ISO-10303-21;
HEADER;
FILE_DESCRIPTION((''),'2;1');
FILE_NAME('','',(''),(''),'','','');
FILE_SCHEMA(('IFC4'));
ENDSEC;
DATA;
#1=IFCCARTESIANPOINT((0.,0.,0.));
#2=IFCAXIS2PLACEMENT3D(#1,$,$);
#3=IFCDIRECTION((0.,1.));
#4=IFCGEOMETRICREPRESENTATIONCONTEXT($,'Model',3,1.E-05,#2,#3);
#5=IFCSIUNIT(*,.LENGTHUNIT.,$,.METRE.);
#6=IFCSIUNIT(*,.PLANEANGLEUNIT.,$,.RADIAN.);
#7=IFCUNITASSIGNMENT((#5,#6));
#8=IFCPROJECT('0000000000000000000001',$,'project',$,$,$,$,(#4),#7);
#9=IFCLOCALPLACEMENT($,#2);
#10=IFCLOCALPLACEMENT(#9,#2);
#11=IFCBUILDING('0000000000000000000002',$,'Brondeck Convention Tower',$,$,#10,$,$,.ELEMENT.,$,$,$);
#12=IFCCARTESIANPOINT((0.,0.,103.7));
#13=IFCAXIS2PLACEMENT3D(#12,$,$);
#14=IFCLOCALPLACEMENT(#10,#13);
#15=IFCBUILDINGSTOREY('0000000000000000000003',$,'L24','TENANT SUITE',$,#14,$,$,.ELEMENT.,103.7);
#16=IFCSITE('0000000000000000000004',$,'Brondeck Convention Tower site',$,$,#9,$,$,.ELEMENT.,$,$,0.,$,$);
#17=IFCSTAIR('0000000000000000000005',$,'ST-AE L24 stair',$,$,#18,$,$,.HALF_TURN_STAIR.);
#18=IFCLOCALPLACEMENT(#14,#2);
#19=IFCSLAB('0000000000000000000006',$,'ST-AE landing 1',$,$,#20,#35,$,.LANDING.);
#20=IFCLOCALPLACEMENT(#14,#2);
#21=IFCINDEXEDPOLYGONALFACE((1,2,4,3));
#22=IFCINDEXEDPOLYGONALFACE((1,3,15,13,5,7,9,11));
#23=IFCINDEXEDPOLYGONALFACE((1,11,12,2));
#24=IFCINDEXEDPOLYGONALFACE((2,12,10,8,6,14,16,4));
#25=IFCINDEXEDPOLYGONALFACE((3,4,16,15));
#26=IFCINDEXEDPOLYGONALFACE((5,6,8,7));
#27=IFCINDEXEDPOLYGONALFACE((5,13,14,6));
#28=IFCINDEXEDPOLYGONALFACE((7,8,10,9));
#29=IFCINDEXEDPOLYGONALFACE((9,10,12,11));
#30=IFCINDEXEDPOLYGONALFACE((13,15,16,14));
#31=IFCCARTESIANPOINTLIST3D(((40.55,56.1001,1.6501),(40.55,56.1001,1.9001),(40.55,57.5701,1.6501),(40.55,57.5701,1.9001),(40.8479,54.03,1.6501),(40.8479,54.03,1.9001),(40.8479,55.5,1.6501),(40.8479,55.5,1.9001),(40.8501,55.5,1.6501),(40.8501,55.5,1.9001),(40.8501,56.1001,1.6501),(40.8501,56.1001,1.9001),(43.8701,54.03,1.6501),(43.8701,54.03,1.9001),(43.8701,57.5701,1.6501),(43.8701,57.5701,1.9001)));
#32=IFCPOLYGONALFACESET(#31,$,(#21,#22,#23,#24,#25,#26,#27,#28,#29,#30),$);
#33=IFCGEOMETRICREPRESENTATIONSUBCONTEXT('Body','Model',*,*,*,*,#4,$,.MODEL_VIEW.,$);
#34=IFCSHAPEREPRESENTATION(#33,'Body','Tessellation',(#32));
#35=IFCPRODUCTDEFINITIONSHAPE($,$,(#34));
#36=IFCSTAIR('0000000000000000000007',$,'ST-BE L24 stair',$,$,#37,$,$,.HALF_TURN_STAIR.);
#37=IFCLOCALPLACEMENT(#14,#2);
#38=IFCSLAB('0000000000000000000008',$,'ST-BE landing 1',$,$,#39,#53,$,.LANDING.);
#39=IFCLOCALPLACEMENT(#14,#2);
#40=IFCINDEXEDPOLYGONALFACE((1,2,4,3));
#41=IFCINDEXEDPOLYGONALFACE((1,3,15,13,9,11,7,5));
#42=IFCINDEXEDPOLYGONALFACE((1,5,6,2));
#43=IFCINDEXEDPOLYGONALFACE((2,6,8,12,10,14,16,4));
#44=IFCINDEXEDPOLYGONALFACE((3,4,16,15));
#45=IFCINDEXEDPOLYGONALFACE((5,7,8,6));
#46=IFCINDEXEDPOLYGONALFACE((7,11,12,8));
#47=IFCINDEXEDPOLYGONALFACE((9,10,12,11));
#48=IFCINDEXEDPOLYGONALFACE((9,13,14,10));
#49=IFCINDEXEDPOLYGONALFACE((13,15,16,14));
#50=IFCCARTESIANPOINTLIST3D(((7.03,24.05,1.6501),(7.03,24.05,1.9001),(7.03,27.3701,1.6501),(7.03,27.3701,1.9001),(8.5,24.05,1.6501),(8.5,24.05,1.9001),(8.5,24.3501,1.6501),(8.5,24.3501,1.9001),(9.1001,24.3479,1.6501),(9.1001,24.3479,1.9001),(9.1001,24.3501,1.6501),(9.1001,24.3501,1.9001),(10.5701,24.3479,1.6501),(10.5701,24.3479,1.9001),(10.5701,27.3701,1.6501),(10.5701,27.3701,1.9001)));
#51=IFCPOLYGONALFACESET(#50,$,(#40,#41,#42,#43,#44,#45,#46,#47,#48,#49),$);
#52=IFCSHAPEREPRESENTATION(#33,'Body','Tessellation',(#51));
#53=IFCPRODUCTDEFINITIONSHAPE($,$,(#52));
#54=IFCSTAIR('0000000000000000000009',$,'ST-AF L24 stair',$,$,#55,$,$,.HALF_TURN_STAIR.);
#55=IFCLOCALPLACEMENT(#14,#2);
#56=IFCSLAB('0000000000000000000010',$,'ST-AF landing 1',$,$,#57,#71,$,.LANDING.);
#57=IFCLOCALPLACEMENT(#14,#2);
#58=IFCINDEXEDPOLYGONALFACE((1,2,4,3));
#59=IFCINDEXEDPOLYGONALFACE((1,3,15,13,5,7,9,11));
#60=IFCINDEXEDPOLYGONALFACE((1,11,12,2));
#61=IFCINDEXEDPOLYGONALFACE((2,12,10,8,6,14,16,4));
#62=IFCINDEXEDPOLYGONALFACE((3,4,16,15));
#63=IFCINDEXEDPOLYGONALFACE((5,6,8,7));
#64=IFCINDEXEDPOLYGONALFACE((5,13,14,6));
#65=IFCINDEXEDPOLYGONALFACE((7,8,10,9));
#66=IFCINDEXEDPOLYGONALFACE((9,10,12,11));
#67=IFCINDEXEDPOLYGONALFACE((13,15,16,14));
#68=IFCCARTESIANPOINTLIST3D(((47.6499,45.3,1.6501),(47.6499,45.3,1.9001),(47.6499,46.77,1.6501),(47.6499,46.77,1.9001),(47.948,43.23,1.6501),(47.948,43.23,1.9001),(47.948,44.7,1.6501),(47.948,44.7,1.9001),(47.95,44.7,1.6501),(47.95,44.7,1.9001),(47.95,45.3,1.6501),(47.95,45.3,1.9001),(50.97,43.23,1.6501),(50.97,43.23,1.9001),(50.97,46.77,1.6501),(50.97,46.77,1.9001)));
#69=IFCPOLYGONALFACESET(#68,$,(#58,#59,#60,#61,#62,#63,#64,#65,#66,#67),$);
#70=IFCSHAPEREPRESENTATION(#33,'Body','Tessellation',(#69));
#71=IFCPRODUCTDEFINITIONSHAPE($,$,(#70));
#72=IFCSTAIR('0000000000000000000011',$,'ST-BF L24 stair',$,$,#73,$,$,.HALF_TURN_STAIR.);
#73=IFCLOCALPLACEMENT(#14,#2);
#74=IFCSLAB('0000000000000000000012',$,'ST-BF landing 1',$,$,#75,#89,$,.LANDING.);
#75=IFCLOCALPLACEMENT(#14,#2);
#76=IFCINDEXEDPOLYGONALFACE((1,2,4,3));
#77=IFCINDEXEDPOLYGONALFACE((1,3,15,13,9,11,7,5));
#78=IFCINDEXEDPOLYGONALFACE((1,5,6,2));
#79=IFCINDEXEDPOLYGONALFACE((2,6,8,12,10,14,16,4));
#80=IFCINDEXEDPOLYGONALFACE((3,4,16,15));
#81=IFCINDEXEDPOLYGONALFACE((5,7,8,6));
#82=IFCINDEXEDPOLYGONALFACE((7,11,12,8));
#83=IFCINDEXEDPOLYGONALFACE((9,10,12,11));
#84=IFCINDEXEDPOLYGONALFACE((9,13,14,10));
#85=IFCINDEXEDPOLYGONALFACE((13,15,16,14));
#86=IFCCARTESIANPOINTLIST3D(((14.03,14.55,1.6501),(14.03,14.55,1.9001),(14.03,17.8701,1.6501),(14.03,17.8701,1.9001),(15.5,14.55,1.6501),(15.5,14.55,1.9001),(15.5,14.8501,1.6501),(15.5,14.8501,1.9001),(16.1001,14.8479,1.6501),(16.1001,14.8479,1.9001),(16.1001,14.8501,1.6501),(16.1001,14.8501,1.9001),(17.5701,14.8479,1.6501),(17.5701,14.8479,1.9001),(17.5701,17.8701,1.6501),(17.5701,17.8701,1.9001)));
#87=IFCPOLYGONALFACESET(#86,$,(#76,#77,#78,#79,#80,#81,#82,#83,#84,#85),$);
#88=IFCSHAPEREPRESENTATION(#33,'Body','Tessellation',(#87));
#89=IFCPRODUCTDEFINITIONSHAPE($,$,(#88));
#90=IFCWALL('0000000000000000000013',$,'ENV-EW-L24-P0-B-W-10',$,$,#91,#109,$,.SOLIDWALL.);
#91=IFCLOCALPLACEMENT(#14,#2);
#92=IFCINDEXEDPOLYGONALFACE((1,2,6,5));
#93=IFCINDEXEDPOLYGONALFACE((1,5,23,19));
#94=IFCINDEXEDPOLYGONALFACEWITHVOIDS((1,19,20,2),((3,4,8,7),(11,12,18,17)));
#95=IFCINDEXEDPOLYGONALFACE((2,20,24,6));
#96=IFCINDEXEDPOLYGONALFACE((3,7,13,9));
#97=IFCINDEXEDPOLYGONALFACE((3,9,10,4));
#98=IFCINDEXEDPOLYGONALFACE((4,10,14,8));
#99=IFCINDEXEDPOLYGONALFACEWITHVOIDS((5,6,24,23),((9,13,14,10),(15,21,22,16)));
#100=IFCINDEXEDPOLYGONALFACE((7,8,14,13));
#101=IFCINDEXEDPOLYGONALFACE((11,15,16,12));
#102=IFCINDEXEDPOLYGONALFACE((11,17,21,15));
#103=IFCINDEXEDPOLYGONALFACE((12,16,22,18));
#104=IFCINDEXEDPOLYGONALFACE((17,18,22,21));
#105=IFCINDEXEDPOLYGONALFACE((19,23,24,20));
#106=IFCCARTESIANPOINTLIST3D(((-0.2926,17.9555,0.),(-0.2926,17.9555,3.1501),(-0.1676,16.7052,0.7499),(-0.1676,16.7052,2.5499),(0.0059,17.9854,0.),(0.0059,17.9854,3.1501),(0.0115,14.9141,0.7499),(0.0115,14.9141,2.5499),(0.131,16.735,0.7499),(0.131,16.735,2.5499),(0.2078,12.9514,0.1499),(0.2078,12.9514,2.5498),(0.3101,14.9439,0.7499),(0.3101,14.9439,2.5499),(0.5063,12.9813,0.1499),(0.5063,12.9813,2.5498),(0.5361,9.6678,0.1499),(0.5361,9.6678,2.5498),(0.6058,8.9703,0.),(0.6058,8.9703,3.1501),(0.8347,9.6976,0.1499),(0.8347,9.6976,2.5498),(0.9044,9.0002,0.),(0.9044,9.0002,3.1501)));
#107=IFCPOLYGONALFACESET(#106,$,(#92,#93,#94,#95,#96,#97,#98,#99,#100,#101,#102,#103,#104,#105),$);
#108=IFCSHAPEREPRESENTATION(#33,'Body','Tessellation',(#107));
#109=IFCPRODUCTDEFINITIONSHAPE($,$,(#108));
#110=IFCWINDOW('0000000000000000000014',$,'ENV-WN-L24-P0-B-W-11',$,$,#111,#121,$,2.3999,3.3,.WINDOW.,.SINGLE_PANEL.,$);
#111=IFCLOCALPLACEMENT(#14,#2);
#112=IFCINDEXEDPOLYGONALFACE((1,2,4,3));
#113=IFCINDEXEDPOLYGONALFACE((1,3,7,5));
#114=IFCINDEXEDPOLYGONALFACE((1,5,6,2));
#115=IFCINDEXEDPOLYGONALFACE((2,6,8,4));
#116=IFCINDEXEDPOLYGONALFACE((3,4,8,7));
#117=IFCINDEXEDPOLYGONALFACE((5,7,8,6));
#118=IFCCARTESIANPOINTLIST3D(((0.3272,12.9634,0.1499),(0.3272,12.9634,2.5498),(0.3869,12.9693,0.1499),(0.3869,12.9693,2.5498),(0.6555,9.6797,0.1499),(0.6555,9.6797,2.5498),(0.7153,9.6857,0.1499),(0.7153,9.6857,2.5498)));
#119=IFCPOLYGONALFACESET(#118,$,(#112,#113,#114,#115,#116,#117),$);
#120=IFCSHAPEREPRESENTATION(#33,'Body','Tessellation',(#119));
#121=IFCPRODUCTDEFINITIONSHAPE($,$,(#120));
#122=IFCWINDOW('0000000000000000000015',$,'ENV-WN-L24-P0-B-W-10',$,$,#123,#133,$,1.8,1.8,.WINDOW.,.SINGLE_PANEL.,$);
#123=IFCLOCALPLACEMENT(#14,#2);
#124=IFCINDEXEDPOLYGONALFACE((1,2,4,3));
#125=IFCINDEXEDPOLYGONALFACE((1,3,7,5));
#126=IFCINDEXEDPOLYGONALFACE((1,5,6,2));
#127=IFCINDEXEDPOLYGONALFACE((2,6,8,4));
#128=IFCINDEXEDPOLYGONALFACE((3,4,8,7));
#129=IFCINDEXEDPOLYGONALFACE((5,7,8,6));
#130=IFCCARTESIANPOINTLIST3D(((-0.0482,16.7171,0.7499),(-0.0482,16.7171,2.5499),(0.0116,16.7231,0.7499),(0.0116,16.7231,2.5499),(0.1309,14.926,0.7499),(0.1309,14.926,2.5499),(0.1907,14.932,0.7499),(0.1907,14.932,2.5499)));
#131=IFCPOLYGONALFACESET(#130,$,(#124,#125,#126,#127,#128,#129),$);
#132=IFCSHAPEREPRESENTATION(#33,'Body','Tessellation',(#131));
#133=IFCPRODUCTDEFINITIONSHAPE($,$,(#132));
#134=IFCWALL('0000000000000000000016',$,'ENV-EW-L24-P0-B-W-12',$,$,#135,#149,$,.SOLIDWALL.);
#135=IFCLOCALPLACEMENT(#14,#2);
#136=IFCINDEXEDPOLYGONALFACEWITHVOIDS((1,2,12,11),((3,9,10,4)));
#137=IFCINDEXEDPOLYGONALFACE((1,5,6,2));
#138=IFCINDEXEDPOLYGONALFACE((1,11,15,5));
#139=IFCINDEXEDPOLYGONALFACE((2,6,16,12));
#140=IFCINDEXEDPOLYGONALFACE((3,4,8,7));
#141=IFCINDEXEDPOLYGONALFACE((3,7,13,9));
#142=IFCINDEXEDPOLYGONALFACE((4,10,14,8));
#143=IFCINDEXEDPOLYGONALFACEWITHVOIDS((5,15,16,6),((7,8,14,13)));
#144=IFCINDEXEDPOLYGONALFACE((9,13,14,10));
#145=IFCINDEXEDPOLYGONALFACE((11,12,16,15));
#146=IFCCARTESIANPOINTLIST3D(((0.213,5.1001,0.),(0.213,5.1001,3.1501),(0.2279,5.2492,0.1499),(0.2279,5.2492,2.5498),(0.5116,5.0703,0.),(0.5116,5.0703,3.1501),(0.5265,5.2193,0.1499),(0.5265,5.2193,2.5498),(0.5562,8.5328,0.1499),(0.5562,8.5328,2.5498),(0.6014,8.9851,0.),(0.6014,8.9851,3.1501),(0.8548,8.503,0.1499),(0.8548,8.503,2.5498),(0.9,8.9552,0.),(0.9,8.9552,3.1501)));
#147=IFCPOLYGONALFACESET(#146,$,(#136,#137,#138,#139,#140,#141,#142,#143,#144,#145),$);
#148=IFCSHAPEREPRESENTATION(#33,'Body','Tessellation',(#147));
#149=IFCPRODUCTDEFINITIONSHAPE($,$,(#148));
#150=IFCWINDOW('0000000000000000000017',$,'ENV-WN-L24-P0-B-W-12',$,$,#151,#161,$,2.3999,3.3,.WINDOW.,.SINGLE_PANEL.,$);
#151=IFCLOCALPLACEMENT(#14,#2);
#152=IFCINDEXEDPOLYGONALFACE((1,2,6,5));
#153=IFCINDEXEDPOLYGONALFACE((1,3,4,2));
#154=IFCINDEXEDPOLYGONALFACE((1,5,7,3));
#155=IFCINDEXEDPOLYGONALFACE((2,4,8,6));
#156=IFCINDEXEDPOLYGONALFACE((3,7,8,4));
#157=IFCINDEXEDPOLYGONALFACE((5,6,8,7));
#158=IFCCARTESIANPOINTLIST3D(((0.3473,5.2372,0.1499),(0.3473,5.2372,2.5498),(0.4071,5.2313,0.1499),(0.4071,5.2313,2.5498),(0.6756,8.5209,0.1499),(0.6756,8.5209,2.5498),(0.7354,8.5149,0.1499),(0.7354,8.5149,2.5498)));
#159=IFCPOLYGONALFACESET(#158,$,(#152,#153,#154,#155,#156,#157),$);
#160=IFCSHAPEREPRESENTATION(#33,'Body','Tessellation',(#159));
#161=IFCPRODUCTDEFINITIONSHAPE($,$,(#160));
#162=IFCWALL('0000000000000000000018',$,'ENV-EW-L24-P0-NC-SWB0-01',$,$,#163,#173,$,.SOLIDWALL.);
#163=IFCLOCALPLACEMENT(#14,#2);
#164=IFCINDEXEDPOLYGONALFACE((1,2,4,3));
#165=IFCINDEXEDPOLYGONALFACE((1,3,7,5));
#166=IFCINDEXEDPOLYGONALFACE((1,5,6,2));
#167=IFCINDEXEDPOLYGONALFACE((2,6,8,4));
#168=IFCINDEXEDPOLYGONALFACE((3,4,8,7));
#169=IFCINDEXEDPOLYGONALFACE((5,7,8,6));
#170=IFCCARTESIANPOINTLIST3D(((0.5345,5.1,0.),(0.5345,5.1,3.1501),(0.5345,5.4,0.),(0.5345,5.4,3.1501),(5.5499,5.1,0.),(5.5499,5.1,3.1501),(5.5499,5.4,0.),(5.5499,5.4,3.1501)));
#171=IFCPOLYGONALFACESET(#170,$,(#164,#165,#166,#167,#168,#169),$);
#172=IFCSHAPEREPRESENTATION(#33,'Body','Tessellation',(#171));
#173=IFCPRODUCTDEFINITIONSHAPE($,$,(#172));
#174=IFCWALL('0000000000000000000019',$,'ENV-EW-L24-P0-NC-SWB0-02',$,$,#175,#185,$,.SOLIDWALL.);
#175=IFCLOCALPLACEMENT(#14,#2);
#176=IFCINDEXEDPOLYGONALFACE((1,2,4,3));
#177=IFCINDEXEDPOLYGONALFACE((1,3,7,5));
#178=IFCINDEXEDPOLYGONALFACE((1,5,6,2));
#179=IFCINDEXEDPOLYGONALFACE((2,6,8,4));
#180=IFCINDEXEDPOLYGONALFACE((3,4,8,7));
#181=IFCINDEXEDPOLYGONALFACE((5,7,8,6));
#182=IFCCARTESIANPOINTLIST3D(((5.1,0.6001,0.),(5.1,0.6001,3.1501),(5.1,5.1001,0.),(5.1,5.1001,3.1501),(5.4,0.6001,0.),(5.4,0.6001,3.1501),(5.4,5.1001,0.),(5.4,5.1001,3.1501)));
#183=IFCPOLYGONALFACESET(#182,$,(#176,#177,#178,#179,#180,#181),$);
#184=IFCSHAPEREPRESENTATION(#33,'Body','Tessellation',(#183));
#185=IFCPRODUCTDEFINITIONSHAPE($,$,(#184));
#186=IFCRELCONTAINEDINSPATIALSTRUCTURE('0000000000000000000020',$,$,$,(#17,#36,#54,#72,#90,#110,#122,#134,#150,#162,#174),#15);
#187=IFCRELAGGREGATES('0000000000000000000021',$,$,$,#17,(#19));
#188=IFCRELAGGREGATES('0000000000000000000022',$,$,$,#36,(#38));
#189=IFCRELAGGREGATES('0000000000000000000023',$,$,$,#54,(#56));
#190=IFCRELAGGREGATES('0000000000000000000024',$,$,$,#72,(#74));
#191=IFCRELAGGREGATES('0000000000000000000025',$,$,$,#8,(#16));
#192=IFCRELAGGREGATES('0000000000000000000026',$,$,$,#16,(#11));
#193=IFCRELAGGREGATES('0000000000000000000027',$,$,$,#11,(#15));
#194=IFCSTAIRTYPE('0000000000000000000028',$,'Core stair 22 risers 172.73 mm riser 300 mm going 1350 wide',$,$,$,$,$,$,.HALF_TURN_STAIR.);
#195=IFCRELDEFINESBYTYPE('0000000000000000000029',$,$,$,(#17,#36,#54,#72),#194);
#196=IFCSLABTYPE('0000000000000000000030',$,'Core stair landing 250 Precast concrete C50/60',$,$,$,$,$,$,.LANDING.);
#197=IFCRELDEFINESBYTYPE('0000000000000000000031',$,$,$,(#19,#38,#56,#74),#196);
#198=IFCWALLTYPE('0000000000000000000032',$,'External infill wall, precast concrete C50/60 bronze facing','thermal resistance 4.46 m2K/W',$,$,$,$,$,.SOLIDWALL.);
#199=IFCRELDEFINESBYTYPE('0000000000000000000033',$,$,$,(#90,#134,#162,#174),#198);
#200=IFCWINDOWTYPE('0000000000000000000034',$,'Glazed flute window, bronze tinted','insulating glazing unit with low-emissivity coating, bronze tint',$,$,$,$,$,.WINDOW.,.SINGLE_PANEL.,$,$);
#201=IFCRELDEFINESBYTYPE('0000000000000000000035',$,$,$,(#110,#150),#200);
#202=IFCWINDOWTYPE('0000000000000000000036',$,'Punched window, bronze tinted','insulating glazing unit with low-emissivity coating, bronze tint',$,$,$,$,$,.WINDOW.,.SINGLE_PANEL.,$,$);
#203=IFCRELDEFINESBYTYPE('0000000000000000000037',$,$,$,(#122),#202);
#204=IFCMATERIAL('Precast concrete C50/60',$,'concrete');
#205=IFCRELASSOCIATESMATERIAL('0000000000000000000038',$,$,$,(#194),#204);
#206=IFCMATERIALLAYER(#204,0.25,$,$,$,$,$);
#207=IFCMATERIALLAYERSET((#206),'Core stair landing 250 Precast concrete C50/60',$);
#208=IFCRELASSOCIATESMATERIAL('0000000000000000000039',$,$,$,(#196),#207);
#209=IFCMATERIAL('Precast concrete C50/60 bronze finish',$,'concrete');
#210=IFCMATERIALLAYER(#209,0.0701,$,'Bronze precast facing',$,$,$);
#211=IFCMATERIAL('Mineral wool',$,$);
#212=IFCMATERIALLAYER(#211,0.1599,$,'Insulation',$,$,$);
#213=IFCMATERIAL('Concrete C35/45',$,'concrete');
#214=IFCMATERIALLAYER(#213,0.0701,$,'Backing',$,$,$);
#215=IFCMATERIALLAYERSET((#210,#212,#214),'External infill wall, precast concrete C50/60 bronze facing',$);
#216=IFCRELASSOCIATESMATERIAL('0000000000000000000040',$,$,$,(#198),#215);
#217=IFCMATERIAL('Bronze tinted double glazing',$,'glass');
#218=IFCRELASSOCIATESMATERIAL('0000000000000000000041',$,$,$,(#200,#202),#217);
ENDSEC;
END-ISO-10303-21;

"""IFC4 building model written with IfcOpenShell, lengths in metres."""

from ifc_helpers import new_model, si_unit, direction, frame, frame_2d, origin, place, context, subcontext, project, spatial, polyline, rectangle, outline, extrude, material, layer, layer_set, type_object, element, fill, aggregate, save


model = new_model("IFC4")

# Units and contexts
model_context = context("Model", 3, precision=1e-05, world=origin(), true_north=direction((0.0, 1.0)))
body_context = subcontext(model_context, "Body", "Model", "MODEL_VIEW")
ifc_project = project(units=[si_unit("LENGTHUNIT", "METRE"), si_unit("PLANEANGLEUNIT", "RADIAN")], contexts=[model_context])

# Site, building, storey
site_placement = place(None, origin())
site = spatial("IfcSite", under=ifc_project, at=site_placement, Name="Brondeck Convention Tower site", CompositionType="ELEMENT", RefElevation=0.0)
building_placement = place(site_placement, origin())
building = spatial("IfcBuilding", under=site, at=building_placement, Name="Brondeck Convention Tower", CompositionType="ELEMENT")
storey_placement = place(building_placement, frame((0.0, 0.0, 103.7)))
storey = spatial("IfcBuildingStorey", under=building, at=storey_placement, Name="L24", Description="TENANT SUITE", CompositionType="ELEMENT", Elevation=103.7)

# Shared definitions
ifc_material_1 = material(Name="Concrete C35/45", Category="concrete")

# Stairs, slabs
ifc_material_2 = material(Name="Precast concrete C50/60", Category="concrete")
stair_type = type_object("IfcStairType", Name="Core stair 22 risers 172.73 mm riser 300 mm going 1350 wide", PredefinedType="HALF_TURN_STAIR", material=ifc_material_2)
ifc_layer_1 = layer(ifc_material_2, 0.25)
ifc_layer_set_1 = layer_set([ifc_layer_1], Name="Core stair landing 250 Precast concrete C50/60")
slab_type_1 = type_object("IfcSlabType", Name="Core stair landing 250 Precast concrete C50/60", PredefinedType="LANDING", material=ifc_layer_set_1)
stair_1_placement = place(storey_placement, origin())
stair_1 = element("IfcStair", 1, at=stair_1_placement, inside=storey, type_object=stair_type, Name="ST-AE L24 stair", PredefinedType="HALF_TURN_STAIR")
slab_1_placement = place(storey_placement, frame((0.0, 0.0, 1.6501)))
slab_1 = element("IfcSlab", 2, at=slab_1_placement, type_object=slab_type_1, Name="ST-AE landing 1", PredefinedType="LANDING", context=body_context, shape_type="SweptSolid", body=[
    extrude(outline(polyline([(40.8479, 55.5), (40.8501, 55.5), (40.8501, 56.1001), (40.55, 56.1001), (40.55, 57.5701), (43.8701, 57.5701), (43.8701, 54.03), (40.8479, 54.03), (40.8479, 55.5)])), origin(), (0.0, 0.0, 1.0), 0.25),
])
aggregate(stair_1, [slab_1])
stair_2_placement = place(storey_placement, origin())
stair_2 = element("IfcStair", 3, at=stair_2_placement, inside=storey, type_object=stair_type, Name="ST-BE L24 stair", PredefinedType="HALF_TURN_STAIR")
slab_2_placement = place(storey_placement, frame((0.0, 0.0, 1.6501)))
slab_2 = element("IfcSlab", 4, at=slab_2_placement, type_object=slab_type_1, Name="ST-BE landing 1", PredefinedType="LANDING", context=body_context, shape_type="SweptSolid", body=[
    extrude(outline(polyline([(7.03, 24.05), (7.03, 27.3701), (10.5701, 27.3701), (10.5701, 24.3479), (9.1001, 24.3479), (9.1001, 24.3501), (8.5, 24.3501), (8.5, 24.05), (7.03, 24.05)])), origin(), (0.0, 0.0, 1.0), 0.25),
])
aggregate(stair_2, [slab_2])
stair_3_placement = place(storey_placement, origin())
stair_3 = element("IfcStair", 5, at=stair_3_placement, inside=storey, type_object=stair_type, Name="ST-AF L24 stair", PredefinedType="HALF_TURN_STAIR")
slab_3_placement = place(storey_placement, frame((0.0, 0.0, 1.6501)))
slab_3 = element("IfcSlab", 6, at=slab_3_placement, type_object=slab_type_1, Name="ST-AF landing 1", PredefinedType="LANDING", context=body_context, shape_type="SweptSolid", body=[
    extrude(outline(polyline([(47.948, 44.7), (47.95, 44.7), (47.95, 45.3), (47.6499, 45.3), (47.6499, 46.77), (50.97, 46.77), (50.97, 43.23), (47.948, 43.23), (47.948, 44.7)])), origin(), (0.0, 0.0, 1.0), 0.25),
])
aggregate(stair_3, [slab_3])
stair_4_placement = place(storey_placement, origin())
stair_4 = element("IfcStair", 7, at=stair_4_placement, inside=storey, type_object=stair_type, Name="ST-BF L24 stair", PredefinedType="HALF_TURN_STAIR")
slab_4_placement = place(storey_placement, frame((0.0, 0.0, 1.6501)))
slab_4 = element("IfcSlab", 8, at=slab_4_placement, type_object=slab_type_1, Name="ST-BF landing 1", PredefinedType="LANDING", context=body_context, shape_type="SweptSolid", body=[
    extrude(outline(polyline([(14.03, 14.55), (14.03, 17.8701), (17.5701, 17.8701), (17.5701, 14.8479), (16.1001, 14.8479), (16.1001, 14.8501), (15.5, 14.8501), (15.5, 14.55), (14.03, 14.55)])), origin(), (0.0, 0.0, 1.0), 0.25),
])
aggregate(stair_4, [slab_4])

# Wall, openings, windows
ifc_material_3 = material(Name="Precast concrete C50/60 bronze finish", Category="concrete")
ifc_layer_2 = layer(ifc_material_3, 0.0701, Name="Bronze precast facing")
ifc_material_4 = material(Name="Mineral wool")
ifc_layer_3 = layer(ifc_material_4, 0.1599, Name="Insulation")
ifc_layer_4 = layer(ifc_material_1, 0.0701, Name="Backing")
ifc_layer_set_2 = layer_set([ifc_layer_2, ifc_layer_3, ifc_layer_4], Name="External infill wall, precast concrete C50/60 bronze facing")
wall_type = type_object("IfcWallType", Name="External infill wall, precast concrete C50/60 bronze facing", Description="thermal resistance 4.46 m2K/W", PredefinedType="SOLIDWALL", material=ifc_layer_set_2)
wall_1_placement = place(storey_placement, frame((0.7551, 8.9851, 0.0), z_axis=(0.0, 0.0, 1.0), x_axis=(-0.099496, 0.995038, 0.0)))
wall_1 = element("IfcWall", 9, at=wall_1_placement, inside=storey, type_object=wall_type, Name="ENV-EW-L24-P0-B-W-10", PredefinedType="SOLIDWALL", context=body_context, shape_type="SweptSolid", body=[
    extrude(rectangle(XDim=9.03, YDim=0.3, at=frame_2d((4.5151, 0.0))), origin(), (0.0, 0.0, 1.0), 3.1501),
])
opening_1_placement = place(wall_1_placement, frame((0.7012, 0.0, 0.1499)))
opening_1 = element("IfcOpeningElement", 10, at=opening_1_placement, cuts=wall_1, PredefinedType="OPENING", context=body_context, shape_type="SweptSolid", body=[
    extrude(rectangle(XDim=3.3, YDim=2.3999, at=frame_2d((1.6499, 1.2))), frame((0.0, 0.1599, 0.0), z_axis=(0.0, -1.0, 0.0), x_axis=(1.0, 0.0, 0.0)), (0.0, 0.0, 1.0), 0.3201),
])
opening_2_placement = place(wall_1_placement, frame((5.9736, 0.0, 0.75)))
opening_2 = element("IfcOpeningElement", 11, at=opening_2_placement, cuts=wall_1, PredefinedType="OPENING", context=body_context, shape_type="SweptSolid", body=[
    extrude(rectangle(XDim=1.8, YDim=1.8, at=frame_2d((0.8999, 0.8999))), frame((0.0, 0.1599, 0.0), z_axis=(0.0, -1.0, 0.0), x_axis=(1.0, 0.0, 0.0)), (0.0, 0.0, 1.0), 0.3201),
])
ifc_material_5 = material(Name="Bronze tinted double glazing", Category="glass")
window_type_1 = type_object("IfcWindowType", Name="Glazed flute window, bronze tinted", Description="insulating glazing unit with low-emissivity coating, bronze tint", PartitioningType="SINGLE_PANEL", PredefinedType="WINDOW", material=ifc_material_5)
window_1_placement = place(opening_1_placement, origin())
window_1 = element("IfcWindow", 12, at=window_1_placement, inside=storey, type_object=window_type_1, Name="ENV-WN-L24-P0-B-W-11", OverallHeight=2.3999, OverallWidth=3.3, PartitioningType="SINGLE_PANEL", PredefinedType="WINDOW", context=body_context, shape_type="SweptSolid", body=[
    extrude(rectangle(XDim=3.3, YDim=2.3999, at=frame_2d((1.6499, 1.2))), frame((0.0, 0.03, 0.0), z_axis=(0.0, -1.0, 0.0), x_axis=(1.0, 0.0, 0.0)), (0.0, 0.0, 1.0), 0.0601),
])
fill(opening_1, window_1)
window_type_2 = type_object("IfcWindowType", Name="Punched window, bronze tinted", Description="insulating glazing unit with low-emissivity coating, bronze tint", PartitioningType="SINGLE_PANEL", PredefinedType="WINDOW", material=ifc_material_5)
window_2_placement = place(opening_2_placement, origin())
window_2 = element("IfcWindow", 13, at=window_2_placement, inside=storey, type_object=window_type_2, Name="ENV-WN-L24-P0-B-W-10", OverallHeight=1.8, OverallWidth=1.8, PartitioningType="SINGLE_PANEL", PredefinedType="WINDOW", context=body_context, shape_type="SweptSolid", body=[
    extrude(rectangle(XDim=1.8, YDim=1.8, at=frame_2d((0.8999, 0.8999))), frame((0.0, 0.03, 0.0), z_axis=(0.0, -1.0, 0.0), x_axis=(1.0, 0.0, 0.0)), (0.0, 0.0, 1.0), 0.0601),
])
fill(opening_2, window_2)

# Wall, opening, window
wall_2_placement = place(storey_placement, frame((0.3623, 5.0852, 0.0), z_axis=(0.0, 0.0, 1.0), x_axis=(0.099485, 0.995039, 0.0)))
wall_2 = element("IfcWall", 14, at=wall_2_placement, inside=storey, type_object=wall_type, Name="ENV-EW-L24-P0-B-W-12", PredefinedType="SOLIDWALL", context=body_context, shape_type="SweptSolid", body=[
    extrude(rectangle(XDim=3.9043, YDim=0.3, at=frame_2d((1.9521, 0.0))), origin(), (0.0, 0.0, 1.0), 3.1501),
])
opening_3_placement = place(wall_2_placement, frame((0.1499, 0.0, 0.1499)))
opening_3 = element("IfcOpeningElement", 15, at=opening_3_placement, cuts=wall_2, PredefinedType="OPENING", context=body_context, shape_type="SweptSolid", body=[
    extrude(rectangle(XDim=3.3, YDim=2.3999, at=frame_2d((1.6499, 1.2))), frame((0.0, 0.1599, 0.0), z_axis=(0.0, -1.0, 0.0), x_axis=(1.0, 0.0, 0.0)), (0.0, 0.0, 1.0), 0.3201),
])
window_3_placement = place(opening_3_placement, origin())
window_3 = element("IfcWindow", 16, at=window_3_placement, inside=storey, type_object=window_type_1, Name="ENV-WN-L24-P0-B-W-12", OverallHeight=2.3999, OverallWidth=3.3, PartitioningType="SINGLE_PANEL", PredefinedType="WINDOW", context=body_context, shape_type="SweptSolid", body=[
    extrude(rectangle(XDim=3.3, YDim=2.3999, at=frame_2d((1.6499, 1.2))), frame((0.0, 0.03, 0.0), z_axis=(0.0, -1.0, 0.0), x_axis=(1.0, 0.0, 0.0)), (0.0, 0.0, 1.0), 0.0601),
])
fill(opening_3, window_3)

# Walls
wall_3_placement = place(storey_placement, frame((5.55, 5.25, 0.0), z_axis=(0.0, 0.0, 1.0), x_axis=(-1.0, 0.0, 0.0)))
element("IfcWall", 17, at=wall_3_placement, inside=storey, type_object=wall_type, Name="ENV-EW-L24-P0-NC-SWB0-01", PredefinedType="SOLIDWALL", context=body_context, shape_type="SweptSolid", body=[
    extrude(rectangle(XDim=5.0154, YDim=0.3, at=frame_2d((2.5078, 0.0))), origin(), (0.0, 0.0, 1.0), 3.1501),
])
wall_4_placement = place(storey_placement, frame((5.25, 0.6001, 0.0), z_axis=(0.0, 0.0, 1.0), x_axis=(0.0, 1.0, 0.0)))
element("IfcWall", 18, at=wall_4_placement, inside=storey, type_object=wall_type, Name="ENV-EW-L24-P0-NC-SWB0-02", PredefinedType="SOLIDWALL", context=body_context, shape_type="SweptSolid", body=[
    extrude(rectangle(XDim=4.5, YDim=0.3, at=frame_2d((2.25, 0.0))), origin(), (0.0, 0.0, 1.0), 3.1501),
])

save(model, "model.ifc")
